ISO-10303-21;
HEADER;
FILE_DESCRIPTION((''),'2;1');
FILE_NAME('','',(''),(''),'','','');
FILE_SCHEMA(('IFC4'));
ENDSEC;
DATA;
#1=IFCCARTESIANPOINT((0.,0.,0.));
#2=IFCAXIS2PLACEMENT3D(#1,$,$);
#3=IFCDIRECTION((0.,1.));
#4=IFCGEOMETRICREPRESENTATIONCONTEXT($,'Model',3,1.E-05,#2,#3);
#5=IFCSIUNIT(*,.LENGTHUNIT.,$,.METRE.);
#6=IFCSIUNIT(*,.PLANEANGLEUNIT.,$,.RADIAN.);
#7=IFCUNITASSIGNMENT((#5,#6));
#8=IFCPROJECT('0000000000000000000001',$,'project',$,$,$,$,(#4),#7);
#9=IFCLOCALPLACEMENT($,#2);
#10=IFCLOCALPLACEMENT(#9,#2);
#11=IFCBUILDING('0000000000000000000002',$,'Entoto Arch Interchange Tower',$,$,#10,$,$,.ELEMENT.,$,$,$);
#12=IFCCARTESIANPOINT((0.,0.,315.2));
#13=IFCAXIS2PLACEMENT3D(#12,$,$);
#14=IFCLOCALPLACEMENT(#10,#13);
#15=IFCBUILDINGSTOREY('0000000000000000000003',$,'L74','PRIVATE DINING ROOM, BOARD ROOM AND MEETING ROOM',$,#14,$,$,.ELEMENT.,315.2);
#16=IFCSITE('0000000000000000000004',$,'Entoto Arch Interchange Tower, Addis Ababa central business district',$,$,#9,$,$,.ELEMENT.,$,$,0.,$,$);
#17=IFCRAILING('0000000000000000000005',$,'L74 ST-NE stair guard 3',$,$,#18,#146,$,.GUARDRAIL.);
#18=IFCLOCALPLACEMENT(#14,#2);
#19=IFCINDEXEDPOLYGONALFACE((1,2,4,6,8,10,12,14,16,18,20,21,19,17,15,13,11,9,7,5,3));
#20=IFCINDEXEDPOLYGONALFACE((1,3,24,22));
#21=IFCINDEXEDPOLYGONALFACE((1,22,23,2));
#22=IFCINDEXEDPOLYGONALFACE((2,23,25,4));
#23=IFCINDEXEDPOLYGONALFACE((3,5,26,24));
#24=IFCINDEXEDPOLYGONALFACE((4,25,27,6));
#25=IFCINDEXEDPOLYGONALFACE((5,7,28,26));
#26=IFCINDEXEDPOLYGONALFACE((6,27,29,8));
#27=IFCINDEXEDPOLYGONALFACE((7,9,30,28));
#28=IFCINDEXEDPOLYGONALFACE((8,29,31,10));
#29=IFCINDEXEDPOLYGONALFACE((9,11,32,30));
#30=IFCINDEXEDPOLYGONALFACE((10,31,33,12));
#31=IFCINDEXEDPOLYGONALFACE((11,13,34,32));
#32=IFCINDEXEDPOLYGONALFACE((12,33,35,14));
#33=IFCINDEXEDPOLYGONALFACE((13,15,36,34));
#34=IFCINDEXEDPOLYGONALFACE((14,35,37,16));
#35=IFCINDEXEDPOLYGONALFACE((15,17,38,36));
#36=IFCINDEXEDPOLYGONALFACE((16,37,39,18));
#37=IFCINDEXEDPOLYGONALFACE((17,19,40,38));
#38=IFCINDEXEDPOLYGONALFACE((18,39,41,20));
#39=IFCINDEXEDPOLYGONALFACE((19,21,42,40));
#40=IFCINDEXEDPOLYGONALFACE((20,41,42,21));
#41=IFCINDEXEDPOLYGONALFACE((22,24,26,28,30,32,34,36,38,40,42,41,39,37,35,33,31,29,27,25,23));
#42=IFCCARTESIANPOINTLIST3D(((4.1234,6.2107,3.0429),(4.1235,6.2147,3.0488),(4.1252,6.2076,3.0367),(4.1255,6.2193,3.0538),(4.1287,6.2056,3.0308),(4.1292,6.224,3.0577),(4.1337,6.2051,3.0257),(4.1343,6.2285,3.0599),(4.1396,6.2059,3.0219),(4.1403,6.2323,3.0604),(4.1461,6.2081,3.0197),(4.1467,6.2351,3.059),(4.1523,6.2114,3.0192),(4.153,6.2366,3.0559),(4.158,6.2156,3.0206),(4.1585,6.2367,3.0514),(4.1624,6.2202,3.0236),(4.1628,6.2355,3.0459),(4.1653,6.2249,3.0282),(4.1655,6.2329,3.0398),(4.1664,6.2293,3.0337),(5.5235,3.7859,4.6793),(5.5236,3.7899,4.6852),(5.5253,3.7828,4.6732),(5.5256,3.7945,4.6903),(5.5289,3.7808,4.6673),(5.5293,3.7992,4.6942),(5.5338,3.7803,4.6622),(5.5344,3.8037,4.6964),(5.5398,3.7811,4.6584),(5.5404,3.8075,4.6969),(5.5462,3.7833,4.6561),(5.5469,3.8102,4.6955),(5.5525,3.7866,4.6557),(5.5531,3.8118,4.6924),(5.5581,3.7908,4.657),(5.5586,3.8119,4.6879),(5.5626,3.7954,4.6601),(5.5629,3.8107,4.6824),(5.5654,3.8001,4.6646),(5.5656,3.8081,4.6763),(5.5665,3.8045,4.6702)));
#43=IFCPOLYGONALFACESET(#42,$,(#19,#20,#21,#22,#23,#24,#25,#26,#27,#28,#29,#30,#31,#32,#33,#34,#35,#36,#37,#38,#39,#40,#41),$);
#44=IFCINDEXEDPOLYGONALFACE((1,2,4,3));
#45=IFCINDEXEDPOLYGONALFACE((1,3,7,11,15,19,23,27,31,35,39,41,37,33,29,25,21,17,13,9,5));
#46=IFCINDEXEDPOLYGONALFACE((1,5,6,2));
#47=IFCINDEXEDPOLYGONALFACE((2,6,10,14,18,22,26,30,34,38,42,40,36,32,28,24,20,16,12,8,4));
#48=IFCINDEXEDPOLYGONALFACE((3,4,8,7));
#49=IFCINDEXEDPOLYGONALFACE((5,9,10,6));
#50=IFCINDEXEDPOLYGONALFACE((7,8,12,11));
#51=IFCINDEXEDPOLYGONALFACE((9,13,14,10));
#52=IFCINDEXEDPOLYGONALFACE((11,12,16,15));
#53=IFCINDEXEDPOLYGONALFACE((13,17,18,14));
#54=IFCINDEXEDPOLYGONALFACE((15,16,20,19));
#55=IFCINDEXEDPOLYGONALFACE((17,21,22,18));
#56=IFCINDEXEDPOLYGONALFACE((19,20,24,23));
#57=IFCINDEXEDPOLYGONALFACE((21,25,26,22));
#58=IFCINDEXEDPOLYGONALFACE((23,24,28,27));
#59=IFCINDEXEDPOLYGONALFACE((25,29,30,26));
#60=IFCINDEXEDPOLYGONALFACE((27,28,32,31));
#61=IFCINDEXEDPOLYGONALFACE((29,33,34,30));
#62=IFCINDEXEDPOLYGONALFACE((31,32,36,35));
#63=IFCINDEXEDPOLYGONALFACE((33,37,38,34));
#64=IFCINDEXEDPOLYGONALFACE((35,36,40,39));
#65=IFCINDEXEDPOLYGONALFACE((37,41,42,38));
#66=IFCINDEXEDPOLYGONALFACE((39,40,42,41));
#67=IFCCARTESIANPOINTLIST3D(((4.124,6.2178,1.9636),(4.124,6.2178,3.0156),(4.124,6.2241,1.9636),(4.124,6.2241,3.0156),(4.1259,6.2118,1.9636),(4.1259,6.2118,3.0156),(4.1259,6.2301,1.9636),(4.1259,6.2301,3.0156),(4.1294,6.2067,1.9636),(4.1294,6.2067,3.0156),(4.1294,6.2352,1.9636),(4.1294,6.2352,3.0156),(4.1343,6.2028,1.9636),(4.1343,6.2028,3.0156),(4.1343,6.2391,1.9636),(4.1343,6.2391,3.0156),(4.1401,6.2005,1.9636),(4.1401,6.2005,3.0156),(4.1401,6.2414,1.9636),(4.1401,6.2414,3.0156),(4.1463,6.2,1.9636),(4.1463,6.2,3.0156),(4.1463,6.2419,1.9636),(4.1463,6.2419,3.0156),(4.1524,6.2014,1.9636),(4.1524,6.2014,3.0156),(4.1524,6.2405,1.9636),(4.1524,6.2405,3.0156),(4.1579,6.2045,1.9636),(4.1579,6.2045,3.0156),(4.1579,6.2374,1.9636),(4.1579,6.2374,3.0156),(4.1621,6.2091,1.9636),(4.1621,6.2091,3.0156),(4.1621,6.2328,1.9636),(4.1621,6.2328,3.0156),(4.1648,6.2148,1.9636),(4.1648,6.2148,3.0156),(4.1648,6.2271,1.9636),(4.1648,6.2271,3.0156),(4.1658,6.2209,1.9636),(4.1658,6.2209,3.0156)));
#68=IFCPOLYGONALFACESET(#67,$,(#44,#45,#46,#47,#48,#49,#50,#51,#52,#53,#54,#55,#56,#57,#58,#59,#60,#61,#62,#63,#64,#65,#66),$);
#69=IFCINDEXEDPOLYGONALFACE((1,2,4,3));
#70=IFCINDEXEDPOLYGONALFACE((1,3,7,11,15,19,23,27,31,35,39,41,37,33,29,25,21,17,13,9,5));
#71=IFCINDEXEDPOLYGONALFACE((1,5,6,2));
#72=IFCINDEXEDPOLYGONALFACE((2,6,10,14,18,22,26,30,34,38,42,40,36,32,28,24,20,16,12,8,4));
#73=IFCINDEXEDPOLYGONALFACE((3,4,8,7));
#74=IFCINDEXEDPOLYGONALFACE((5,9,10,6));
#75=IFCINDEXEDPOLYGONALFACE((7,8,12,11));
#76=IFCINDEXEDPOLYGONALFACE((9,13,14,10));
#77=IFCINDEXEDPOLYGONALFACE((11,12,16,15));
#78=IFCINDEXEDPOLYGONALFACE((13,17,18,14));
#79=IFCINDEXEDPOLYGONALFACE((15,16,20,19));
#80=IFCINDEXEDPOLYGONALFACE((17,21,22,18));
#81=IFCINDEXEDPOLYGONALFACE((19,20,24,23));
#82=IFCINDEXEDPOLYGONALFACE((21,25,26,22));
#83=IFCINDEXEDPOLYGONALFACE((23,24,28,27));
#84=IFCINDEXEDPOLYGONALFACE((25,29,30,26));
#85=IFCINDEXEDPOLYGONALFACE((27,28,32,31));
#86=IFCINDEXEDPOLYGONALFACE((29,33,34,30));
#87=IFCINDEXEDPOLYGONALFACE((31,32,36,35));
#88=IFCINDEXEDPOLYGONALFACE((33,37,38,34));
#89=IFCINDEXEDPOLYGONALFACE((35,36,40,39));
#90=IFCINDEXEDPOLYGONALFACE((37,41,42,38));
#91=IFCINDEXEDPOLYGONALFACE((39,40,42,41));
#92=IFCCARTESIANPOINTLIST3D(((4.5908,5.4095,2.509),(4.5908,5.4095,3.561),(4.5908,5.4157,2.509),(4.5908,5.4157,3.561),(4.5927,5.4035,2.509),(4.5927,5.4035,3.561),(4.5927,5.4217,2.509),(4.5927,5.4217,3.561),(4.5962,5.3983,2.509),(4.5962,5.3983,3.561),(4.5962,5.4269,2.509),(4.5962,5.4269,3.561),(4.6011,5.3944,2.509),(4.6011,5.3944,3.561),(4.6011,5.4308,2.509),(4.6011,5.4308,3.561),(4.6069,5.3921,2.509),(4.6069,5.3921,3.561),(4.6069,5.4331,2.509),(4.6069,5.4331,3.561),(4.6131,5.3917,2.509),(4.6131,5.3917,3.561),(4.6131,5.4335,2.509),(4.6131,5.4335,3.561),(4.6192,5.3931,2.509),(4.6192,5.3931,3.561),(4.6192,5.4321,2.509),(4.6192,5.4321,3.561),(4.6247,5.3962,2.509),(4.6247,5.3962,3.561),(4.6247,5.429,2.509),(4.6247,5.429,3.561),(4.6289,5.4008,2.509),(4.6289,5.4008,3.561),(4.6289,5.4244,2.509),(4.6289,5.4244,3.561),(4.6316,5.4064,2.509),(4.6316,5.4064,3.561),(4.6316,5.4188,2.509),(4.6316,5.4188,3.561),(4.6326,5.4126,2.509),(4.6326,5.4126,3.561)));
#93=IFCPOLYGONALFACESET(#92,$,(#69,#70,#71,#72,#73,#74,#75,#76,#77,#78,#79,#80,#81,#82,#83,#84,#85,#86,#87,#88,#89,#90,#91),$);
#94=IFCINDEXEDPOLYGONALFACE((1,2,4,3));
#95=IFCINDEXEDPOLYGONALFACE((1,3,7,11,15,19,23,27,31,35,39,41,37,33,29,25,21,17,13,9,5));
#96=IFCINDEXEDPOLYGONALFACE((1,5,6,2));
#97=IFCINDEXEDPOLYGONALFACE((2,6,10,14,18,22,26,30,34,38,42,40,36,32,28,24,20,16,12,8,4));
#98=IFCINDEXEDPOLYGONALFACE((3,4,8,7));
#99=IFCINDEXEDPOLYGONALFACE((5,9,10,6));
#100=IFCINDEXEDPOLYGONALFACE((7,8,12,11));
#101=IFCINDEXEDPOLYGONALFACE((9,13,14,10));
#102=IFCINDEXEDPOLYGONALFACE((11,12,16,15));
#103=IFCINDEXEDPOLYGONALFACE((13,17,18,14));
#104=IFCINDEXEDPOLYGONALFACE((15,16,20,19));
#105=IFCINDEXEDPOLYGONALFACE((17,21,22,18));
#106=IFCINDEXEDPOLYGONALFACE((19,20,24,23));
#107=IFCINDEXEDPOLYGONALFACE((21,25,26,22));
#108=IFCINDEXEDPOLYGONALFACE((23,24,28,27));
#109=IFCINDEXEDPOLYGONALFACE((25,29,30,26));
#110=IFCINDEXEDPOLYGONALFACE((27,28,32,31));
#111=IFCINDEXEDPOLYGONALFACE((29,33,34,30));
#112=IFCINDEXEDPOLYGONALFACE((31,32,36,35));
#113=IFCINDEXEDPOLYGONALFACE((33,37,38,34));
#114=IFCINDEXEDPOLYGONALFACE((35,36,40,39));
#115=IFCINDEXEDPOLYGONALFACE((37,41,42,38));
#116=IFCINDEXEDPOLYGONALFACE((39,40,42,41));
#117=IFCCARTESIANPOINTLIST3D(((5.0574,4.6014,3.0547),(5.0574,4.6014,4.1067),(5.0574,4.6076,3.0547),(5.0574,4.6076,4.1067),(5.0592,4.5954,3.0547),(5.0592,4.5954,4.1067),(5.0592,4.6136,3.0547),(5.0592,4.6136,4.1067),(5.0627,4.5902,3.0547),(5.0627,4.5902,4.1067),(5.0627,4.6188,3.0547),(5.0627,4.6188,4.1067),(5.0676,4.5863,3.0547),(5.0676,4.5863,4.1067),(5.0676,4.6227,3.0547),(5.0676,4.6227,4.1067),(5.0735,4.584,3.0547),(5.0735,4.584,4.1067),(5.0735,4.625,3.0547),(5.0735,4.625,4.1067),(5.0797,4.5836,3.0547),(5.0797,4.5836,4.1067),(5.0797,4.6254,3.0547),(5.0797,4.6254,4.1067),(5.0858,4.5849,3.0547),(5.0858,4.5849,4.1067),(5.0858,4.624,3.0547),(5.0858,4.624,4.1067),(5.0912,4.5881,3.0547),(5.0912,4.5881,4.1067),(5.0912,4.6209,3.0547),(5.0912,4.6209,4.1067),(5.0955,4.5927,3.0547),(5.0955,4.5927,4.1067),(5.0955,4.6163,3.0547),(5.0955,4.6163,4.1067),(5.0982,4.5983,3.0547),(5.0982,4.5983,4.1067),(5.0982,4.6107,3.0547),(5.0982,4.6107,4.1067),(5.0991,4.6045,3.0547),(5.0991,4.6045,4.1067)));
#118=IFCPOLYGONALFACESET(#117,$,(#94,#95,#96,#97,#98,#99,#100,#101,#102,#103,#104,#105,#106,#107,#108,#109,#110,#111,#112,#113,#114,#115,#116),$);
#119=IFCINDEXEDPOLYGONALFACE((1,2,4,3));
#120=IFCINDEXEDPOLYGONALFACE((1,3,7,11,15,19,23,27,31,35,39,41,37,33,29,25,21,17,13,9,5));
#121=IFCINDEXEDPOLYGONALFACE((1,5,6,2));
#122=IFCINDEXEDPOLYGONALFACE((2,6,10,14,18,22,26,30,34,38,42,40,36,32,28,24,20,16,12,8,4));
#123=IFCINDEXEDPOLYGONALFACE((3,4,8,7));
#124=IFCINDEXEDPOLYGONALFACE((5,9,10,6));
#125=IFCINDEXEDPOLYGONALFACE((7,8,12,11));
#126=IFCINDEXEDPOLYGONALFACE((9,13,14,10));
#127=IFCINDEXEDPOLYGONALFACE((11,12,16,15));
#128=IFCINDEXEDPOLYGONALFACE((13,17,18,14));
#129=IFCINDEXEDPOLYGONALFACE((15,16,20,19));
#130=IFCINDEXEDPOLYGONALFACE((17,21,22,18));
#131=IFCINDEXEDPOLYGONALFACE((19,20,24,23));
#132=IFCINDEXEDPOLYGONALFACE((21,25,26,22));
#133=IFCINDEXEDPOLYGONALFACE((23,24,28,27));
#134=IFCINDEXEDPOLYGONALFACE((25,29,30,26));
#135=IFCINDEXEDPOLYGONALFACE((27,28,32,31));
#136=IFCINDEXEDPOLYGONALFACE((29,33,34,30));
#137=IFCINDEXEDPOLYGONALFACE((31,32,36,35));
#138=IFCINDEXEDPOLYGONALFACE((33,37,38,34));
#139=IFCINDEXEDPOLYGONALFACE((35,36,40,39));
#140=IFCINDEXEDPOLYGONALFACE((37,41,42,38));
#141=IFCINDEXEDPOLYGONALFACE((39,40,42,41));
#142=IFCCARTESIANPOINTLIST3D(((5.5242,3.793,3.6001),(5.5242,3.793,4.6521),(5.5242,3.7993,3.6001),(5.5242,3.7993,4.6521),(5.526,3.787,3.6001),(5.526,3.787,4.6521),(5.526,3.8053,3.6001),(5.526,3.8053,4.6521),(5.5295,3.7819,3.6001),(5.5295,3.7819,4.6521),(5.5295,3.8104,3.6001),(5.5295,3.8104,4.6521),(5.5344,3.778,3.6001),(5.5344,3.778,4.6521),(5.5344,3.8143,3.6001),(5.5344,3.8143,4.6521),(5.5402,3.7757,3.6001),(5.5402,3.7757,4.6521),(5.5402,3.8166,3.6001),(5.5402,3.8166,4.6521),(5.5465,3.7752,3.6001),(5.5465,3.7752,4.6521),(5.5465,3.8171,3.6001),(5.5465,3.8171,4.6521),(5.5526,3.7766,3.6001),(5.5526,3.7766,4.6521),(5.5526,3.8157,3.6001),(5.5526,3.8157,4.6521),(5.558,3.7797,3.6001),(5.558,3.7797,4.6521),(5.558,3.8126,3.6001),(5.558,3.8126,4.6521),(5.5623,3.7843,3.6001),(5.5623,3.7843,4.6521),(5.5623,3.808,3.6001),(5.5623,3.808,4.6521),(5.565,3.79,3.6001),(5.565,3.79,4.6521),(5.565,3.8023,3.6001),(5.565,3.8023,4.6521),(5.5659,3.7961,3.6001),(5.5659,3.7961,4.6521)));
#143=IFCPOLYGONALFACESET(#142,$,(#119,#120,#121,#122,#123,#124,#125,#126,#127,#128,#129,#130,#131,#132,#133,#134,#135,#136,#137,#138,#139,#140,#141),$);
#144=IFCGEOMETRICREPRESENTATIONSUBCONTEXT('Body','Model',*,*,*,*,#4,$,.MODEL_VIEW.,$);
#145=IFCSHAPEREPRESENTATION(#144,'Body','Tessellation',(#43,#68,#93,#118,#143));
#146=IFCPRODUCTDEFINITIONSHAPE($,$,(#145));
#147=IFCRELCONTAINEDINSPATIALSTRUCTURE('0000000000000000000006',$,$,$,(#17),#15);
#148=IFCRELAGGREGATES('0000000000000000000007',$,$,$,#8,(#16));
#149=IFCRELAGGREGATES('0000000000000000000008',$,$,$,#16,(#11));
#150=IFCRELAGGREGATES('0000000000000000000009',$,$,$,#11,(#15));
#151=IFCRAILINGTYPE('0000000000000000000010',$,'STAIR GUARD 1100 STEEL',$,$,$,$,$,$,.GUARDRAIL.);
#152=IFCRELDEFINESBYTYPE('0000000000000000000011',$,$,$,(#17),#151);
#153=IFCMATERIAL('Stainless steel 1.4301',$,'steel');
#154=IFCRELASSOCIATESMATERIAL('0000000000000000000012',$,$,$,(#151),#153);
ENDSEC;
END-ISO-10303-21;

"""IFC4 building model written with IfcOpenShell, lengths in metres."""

from ifc_helpers import new_model, si_unit, direction, frame, origin, origin_2d, place, context, subcontext, project, spatial, circle, extrude, material, type_object, element, save


model = new_model("IFC4")

# Units and contexts
model_context = context("Model", 3, precision=1e-05, world=origin(), true_north=direction((0.0, 1.0)))
body_context = subcontext(model_context, "Body", "Model", "MODEL_VIEW")
ifc_project = project(units=[si_unit("LENGTHUNIT", "METRE"), si_unit("PLANEANGLEUNIT", "RADIAN")], contexts=[model_context])

# Site, building, storey
site_placement = place(None, origin())
site = spatial("IfcSite", under=ifc_project, at=site_placement, Name="Entoto Arch Interchange Tower, Addis Ababa central business district", CompositionType="ELEMENT", RefElevation=0.0)
building_placement = place(site_placement, origin())
building = spatial("IfcBuilding", under=site, at=building_placement, Name="Entoto Arch Interchange Tower", CompositionType="ELEMENT")
storey_placement = place(building_placement, frame((0.0, 0.0, 315.2)))
storey = spatial("IfcBuildingStorey", under=building, at=storey_placement, Name="L74", Description="PRIVATE DINING ROOM, BOARD ROOM AND MEETING ROOM", CompositionType="ELEMENT", Elevation=315.2)

# Railing
ifc_material_1 = material(Name="Stainless steel 1.4301", Category="steel")
railing_type = type_object("IfcRailingType", Name="STAIR GUARD 1100 STEEL", PredefinedType="GUARDRAIL", material=ifc_material_1)
railing_1_placement = place(storey_placement, frame((4.1448, 6.2209, 1.9636)))
element("IfcRailing", 1, at=railing_1_placement, inside=storey, type_object=railing_type, Name="L74 ST-NE stair guard 3", PredefinedType="GUARDRAIL", context=body_context, shape_type="SweptSolid", body=[
    extrude(circle(Radius=0.0239, at=origin_2d()), frame((0.0, 0.0, 1.0762), z_axis=(0.431722, -0.747666, 0.504591), x_axis=(0.865997, 0.50005, 0.0)), (0.0, 0.0, 1.0), 3.2432),
    extrude(circle(Radius=0.021, at=origin_2d()), origin(), (0.0, 0.0, 1.0), 1.052),
    extrude(circle(Radius=0.021, at=origin_2d()), frame((0.4668, -0.8083, 0.5454)), (0.0, 0.0, 1.0), 1.052),
    extrude(circle(Radius=0.021, at=origin_2d()), frame((0.9333, -1.6165, 1.0911)), (0.0, 0.0, 1.0), 1.052),
    extrude(circle(Radius=0.021, at=origin_2d()), frame((1.4001, -2.4248, 1.6365)), (0.0, 0.0, 1.0), 1.052),
])

save(model, "model.ifc")
